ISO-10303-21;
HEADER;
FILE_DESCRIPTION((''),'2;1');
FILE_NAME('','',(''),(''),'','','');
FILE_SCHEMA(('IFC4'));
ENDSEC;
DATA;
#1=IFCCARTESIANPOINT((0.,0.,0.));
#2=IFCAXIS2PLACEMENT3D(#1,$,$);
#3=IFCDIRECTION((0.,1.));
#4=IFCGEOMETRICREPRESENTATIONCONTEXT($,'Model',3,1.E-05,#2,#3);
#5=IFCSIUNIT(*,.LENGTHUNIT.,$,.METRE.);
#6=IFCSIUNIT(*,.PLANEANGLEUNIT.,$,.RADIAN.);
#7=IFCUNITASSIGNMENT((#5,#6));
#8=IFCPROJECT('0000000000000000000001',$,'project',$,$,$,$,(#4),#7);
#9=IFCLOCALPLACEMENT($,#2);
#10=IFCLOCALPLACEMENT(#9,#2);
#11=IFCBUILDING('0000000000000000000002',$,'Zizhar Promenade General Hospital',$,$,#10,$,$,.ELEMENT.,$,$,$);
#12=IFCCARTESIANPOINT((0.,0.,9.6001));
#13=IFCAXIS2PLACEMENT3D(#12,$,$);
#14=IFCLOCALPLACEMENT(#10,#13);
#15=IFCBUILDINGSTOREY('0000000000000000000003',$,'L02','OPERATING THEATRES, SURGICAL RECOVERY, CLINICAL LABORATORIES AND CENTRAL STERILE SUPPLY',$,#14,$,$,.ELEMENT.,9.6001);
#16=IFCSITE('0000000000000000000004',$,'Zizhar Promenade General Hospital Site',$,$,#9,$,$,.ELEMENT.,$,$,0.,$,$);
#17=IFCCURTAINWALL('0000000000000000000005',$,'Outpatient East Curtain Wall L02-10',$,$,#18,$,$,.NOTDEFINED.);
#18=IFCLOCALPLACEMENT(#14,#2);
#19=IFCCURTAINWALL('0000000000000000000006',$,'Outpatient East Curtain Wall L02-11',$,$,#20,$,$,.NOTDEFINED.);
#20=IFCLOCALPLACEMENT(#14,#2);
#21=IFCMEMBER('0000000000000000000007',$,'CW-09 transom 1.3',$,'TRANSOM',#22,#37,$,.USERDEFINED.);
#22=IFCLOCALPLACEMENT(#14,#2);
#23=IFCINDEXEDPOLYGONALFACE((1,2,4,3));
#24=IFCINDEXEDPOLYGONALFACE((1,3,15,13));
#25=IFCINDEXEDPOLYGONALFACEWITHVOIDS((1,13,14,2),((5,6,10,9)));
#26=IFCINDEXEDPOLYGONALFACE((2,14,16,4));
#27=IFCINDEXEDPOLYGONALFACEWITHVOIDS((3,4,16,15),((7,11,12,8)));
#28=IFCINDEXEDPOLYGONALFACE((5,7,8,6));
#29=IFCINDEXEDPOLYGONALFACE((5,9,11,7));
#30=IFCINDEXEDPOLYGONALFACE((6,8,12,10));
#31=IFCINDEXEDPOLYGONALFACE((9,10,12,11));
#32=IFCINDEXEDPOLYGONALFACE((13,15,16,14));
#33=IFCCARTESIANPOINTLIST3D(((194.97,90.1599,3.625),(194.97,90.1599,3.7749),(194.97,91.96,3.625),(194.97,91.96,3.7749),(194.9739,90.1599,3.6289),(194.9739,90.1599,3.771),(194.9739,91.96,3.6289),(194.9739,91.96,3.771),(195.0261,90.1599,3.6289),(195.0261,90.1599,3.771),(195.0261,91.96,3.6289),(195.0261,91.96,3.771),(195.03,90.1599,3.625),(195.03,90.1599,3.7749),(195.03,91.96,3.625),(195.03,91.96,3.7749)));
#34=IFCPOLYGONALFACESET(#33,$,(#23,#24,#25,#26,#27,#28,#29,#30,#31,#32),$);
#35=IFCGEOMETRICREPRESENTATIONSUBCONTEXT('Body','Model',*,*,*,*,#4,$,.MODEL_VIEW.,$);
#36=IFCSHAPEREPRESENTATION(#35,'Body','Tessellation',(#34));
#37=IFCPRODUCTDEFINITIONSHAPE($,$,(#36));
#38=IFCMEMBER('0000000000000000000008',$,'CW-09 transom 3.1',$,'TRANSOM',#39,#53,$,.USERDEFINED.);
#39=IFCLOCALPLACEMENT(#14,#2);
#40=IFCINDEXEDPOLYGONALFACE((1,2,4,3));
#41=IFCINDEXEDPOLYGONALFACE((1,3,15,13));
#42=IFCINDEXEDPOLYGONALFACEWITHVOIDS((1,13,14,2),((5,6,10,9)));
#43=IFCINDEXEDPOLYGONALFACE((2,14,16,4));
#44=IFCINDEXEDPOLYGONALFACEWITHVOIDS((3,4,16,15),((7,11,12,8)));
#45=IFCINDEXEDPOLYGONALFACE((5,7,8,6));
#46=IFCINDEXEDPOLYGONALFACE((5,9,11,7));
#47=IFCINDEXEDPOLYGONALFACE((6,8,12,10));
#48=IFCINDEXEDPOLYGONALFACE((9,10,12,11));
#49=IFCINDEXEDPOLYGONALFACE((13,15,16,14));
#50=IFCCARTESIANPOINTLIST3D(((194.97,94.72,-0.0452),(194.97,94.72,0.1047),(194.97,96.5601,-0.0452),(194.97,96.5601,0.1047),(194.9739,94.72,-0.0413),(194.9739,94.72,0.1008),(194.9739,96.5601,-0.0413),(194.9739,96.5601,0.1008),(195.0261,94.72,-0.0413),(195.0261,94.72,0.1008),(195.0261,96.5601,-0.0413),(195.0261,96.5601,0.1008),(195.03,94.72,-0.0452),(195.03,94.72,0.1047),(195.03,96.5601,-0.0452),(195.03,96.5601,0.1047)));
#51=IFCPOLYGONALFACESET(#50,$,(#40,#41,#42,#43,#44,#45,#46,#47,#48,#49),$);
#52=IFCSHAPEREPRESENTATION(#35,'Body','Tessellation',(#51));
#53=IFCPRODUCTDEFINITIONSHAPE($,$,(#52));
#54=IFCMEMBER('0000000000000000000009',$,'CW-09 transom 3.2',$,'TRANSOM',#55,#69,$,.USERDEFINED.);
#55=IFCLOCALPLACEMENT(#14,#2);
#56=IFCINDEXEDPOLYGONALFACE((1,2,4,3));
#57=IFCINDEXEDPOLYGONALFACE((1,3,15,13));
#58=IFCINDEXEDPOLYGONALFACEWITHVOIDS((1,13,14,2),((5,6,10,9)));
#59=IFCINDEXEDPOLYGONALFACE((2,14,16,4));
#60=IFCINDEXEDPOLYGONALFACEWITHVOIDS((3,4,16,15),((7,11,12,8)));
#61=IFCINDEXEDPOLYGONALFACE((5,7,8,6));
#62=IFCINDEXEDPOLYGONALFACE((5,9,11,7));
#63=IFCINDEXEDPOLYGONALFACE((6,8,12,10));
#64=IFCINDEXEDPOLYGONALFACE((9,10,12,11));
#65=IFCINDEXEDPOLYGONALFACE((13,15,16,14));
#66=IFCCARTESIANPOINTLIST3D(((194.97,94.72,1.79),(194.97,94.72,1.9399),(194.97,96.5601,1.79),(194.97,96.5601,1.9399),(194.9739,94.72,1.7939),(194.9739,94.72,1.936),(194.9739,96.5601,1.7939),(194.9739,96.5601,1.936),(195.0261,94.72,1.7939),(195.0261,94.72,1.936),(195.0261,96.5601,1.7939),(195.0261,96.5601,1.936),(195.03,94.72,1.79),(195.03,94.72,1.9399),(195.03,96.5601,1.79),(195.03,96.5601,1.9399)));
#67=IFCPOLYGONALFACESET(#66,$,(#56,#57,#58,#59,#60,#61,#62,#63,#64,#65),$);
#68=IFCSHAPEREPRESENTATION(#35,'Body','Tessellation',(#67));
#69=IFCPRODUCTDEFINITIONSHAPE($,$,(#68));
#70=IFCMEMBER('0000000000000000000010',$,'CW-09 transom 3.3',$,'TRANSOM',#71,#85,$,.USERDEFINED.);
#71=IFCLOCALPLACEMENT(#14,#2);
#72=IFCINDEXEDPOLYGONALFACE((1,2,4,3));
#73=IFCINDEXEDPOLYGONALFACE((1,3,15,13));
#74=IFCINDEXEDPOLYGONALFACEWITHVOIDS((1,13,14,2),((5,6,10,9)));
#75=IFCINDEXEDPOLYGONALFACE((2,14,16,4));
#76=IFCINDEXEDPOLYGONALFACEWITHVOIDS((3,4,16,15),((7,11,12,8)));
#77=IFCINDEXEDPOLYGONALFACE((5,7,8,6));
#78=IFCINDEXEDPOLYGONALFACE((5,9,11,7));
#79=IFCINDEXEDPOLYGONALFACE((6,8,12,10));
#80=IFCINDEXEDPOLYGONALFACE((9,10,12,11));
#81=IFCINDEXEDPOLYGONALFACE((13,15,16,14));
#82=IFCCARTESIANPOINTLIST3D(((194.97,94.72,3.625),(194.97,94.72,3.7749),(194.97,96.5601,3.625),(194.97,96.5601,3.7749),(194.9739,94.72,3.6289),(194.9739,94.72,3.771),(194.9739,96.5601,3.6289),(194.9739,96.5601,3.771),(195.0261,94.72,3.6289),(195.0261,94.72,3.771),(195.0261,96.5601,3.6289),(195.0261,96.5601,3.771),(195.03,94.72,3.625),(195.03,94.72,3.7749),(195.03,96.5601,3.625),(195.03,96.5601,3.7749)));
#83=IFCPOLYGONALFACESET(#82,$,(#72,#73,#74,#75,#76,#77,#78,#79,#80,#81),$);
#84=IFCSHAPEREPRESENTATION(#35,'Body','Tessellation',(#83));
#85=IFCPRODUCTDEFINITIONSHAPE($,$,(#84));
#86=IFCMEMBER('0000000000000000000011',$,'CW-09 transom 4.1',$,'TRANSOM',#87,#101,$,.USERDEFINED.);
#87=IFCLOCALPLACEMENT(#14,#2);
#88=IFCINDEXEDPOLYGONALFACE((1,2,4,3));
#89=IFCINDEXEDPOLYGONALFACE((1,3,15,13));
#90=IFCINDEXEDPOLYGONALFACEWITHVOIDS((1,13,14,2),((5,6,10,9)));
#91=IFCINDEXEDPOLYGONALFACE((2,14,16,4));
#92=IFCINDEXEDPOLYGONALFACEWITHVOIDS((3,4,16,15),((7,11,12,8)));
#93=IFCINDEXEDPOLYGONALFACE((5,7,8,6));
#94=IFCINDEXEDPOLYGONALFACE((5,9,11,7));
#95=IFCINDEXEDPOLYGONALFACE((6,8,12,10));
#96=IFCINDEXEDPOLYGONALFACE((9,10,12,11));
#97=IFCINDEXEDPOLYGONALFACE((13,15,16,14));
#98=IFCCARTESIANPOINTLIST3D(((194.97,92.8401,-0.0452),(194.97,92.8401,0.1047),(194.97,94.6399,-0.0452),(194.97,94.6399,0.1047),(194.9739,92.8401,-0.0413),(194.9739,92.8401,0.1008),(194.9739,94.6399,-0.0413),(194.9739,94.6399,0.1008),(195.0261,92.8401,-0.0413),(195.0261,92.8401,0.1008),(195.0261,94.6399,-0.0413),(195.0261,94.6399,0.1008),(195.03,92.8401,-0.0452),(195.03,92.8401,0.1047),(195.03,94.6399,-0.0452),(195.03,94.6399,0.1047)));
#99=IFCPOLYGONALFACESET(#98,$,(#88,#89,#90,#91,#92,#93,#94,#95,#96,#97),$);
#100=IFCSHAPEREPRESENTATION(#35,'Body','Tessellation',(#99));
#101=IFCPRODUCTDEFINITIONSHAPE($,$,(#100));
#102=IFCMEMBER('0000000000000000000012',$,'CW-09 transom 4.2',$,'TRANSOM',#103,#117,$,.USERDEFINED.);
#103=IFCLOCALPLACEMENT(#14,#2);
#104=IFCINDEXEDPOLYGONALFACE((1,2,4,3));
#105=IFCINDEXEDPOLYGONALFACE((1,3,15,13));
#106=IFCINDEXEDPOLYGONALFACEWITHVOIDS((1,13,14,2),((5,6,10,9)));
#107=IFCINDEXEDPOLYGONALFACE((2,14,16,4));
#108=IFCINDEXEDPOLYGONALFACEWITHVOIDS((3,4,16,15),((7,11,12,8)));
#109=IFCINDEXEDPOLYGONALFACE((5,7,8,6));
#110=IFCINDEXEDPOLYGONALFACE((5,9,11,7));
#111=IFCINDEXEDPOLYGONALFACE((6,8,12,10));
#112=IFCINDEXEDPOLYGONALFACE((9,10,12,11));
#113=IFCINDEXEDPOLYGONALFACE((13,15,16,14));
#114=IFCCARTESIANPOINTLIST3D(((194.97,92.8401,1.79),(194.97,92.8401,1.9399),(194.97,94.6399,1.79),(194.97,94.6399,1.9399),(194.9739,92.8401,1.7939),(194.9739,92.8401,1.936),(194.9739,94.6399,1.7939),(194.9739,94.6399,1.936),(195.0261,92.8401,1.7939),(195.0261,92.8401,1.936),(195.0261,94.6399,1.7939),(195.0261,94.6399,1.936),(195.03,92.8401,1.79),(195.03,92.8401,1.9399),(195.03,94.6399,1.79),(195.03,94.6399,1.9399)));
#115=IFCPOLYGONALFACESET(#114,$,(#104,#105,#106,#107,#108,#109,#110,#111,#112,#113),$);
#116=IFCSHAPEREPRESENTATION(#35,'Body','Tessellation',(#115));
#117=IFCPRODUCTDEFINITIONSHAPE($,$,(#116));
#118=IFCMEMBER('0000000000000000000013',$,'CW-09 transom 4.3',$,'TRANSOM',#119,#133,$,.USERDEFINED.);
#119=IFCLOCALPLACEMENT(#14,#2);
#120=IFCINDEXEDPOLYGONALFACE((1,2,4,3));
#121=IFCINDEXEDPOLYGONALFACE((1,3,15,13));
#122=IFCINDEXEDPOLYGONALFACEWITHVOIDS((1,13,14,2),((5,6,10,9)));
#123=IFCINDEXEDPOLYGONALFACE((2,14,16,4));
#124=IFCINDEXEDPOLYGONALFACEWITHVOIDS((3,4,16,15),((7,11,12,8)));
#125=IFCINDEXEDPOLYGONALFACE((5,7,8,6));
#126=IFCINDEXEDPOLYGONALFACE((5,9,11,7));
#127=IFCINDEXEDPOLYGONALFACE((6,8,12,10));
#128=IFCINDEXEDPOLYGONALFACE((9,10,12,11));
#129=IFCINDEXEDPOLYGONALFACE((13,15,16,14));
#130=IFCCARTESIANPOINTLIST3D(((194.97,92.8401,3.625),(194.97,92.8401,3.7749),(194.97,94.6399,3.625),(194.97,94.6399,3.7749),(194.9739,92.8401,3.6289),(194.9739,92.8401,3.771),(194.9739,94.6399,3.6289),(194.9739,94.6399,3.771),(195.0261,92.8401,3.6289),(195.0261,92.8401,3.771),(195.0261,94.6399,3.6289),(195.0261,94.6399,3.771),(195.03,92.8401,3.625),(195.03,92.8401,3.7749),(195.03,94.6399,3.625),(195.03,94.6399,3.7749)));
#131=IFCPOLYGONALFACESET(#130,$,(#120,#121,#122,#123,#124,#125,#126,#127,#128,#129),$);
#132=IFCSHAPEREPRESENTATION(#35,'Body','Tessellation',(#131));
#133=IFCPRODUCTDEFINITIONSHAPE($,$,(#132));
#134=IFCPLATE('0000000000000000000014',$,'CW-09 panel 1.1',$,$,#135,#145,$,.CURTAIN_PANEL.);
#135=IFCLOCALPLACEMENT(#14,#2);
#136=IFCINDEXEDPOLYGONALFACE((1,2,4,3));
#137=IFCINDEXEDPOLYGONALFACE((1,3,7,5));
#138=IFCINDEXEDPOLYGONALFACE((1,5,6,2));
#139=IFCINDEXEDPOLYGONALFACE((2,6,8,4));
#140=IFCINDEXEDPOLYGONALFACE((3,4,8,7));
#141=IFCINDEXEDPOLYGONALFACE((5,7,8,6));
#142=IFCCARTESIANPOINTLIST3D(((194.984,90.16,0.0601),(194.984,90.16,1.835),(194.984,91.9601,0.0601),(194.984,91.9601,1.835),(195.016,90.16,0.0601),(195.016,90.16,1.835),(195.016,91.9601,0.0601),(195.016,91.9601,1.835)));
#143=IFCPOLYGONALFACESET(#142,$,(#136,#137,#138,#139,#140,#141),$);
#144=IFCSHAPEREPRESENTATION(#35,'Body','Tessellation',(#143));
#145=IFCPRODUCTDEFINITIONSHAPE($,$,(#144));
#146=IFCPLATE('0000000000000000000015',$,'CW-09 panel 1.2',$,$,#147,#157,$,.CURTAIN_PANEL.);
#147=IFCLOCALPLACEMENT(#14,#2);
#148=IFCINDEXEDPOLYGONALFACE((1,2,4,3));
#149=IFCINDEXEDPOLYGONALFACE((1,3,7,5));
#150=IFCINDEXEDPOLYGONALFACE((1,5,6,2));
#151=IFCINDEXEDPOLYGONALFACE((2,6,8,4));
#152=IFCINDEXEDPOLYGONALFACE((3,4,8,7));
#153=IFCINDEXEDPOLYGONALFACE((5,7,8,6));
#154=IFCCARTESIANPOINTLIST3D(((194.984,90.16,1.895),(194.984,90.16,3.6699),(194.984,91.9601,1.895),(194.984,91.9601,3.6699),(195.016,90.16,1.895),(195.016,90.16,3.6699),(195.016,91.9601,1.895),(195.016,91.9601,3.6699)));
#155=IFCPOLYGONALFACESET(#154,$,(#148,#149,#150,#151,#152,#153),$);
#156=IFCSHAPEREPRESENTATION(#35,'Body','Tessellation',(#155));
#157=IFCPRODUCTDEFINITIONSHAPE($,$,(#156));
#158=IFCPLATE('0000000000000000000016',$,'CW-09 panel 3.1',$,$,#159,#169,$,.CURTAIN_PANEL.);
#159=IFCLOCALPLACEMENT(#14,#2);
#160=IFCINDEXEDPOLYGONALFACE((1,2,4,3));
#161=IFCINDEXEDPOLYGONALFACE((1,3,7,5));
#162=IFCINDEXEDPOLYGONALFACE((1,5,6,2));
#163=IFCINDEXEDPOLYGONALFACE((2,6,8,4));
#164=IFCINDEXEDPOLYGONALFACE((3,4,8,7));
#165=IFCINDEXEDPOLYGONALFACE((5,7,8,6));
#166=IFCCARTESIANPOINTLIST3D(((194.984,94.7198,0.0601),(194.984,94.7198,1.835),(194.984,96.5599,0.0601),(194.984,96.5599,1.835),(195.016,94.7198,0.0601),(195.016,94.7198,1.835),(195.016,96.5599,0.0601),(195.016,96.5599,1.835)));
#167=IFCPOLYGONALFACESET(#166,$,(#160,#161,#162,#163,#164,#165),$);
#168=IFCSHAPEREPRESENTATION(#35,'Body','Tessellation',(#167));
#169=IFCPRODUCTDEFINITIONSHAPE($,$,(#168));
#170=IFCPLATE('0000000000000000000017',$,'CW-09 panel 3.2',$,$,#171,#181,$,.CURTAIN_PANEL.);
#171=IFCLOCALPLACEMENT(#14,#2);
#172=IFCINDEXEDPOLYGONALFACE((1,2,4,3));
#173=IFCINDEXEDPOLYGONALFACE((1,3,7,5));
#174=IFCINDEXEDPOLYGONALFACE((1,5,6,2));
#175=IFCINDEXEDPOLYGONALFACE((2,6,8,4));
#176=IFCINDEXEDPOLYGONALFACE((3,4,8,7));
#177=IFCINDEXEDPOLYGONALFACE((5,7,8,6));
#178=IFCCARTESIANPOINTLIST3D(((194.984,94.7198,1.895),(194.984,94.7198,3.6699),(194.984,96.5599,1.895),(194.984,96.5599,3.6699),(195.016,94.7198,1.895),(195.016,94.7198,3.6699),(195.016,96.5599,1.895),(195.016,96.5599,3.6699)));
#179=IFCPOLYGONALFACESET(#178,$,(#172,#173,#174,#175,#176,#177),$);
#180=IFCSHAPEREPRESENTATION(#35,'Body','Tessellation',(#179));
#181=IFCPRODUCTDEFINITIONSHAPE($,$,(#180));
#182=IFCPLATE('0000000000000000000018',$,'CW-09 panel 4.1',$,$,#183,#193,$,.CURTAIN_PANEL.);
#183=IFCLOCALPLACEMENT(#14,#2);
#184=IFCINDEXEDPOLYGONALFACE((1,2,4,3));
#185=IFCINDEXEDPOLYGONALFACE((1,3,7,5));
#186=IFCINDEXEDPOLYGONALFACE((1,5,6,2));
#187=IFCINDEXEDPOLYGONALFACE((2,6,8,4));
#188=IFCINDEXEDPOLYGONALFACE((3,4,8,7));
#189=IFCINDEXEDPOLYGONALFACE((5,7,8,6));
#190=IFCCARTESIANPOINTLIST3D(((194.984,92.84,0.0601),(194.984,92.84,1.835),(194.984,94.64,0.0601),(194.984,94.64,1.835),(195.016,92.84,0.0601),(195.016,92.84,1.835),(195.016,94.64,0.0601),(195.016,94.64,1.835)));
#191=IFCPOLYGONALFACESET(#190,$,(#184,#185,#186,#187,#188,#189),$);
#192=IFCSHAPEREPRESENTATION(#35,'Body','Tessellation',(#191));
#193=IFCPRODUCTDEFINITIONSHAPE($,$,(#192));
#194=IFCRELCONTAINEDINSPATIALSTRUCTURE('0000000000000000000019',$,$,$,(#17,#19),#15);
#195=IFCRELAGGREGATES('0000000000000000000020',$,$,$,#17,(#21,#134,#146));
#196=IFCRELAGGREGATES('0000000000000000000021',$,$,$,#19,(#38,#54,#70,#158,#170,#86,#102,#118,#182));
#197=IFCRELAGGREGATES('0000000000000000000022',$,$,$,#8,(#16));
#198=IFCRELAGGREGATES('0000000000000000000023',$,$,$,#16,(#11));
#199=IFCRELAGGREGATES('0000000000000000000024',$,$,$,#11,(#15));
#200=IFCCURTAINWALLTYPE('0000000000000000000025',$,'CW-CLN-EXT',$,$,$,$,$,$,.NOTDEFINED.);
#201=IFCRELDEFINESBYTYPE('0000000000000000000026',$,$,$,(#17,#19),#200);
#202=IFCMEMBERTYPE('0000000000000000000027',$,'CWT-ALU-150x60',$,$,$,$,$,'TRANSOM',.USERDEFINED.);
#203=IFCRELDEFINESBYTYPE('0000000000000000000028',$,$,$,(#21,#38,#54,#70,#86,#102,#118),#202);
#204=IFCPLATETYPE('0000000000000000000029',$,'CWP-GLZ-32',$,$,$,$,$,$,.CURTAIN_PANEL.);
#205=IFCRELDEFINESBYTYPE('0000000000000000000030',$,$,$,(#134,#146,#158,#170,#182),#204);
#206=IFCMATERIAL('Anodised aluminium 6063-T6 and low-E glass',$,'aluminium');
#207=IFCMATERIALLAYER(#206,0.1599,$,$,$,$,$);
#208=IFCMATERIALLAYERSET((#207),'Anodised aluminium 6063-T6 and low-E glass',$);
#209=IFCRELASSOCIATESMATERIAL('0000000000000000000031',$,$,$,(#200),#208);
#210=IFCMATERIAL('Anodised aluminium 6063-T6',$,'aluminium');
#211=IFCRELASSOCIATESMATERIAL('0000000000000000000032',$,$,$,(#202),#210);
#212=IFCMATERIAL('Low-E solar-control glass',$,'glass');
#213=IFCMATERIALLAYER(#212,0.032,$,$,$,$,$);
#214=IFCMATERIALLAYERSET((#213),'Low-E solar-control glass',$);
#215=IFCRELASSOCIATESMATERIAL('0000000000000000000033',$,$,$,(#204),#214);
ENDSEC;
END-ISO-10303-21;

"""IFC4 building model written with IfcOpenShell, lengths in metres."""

from ifc_helpers import new_model, si_unit, direction, frame, origin, origin_2d, place, context, subcontext, project, spatial, rectangle, hollow_rectangle, extrude, material, layer, layer_set, material_profile, profile_set, type_object, element, aggregate, save


model = new_model("IFC4")

# Units and contexts
model_context = context("Model", 3, precision=1e-05, world=origin(), true_north=direction((0.0, 1.0)))
body_context = subcontext(model_context, "Body", "Model", "MODEL_VIEW")
ifc_project = project(units=[si_unit("LENGTHUNIT", "METRE"), si_unit("PLANEANGLEUNIT", "RADIAN")], contexts=[model_context])

# Site, building, storey
site_placement = place(None, origin())
site = spatial("IfcSite", under=ifc_project, at=site_placement, Name="Zizhar Promenade General Hospital Site", CompositionType="ELEMENT", RefElevation=0.0)
building_placement = place(site_placement, origin())
building = spatial("IfcBuilding", under=site, at=building_placement, Name="Zizhar Promenade General Hospital", CompositionType="ELEMENT")
storey_placement = place(building_placement, frame((0.0, 0.0, 9.6001)))
storey = spatial("IfcBuildingStorey", under=building, at=storey_placement, Name="L02", Description="OPERATING THEATRES, SURGICAL RECOVERY, CLINICAL LABORATORIES AND CENTRAL STERILE SUPPLY", CompositionType="ELEMENT", Elevation=9.6001)

# Curtain walls
ifc_material_1 = material(Name="Anodised aluminium 6063-T6 and low-E glass", Category="aluminium")
ifc_layer_1 = layer(ifc_material_1, 0.1599)
ifc_layer_set_1 = layer_set([ifc_layer_1], Name="Anodised aluminium 6063-T6 and low-E glass")
curtain_wall_type = type_object("IfcCurtainWallType", Name="CW-CLN-EXT", PredefinedType="NOTDEFINED", material=ifc_layer_set_1)
curtain_wall_1_placement = place(storey_placement, origin())
curtain_wall_1 = element("IfcCurtainWall", 1, at=curtain_wall_1_placement, inside=storey, type_object=curtain_wall_type, Name="Outpatient East Curtain Wall L02-10", PredefinedType="NOTDEFINED")
curtain_wall_2_placement = place(storey_placement, origin())
curtain_wall_2 = element("IfcCurtainWall", 2, at=curtain_wall_2_placement, inside=storey, type_object=curtain_wall_type, Name="Outpatient East Curtain Wall L02-11", PredefinedType="NOTDEFINED")

# Members
ifc_material_2 = material(Name="Anodised aluminium 6063-T6", Category="aluminium")
ifc_material_profile_1 = material_profile(ifc_material_2, hollow_rectangle(XDim=0.0601, YDim=0.1499, WallThickness=0.0039, at=origin_2d()))
ifc_profile_set_1 = profile_set([ifc_material_profile_1], Name="Anodised aluminium 6063-T6")
member_type_1 = type_object("IfcMemberType", Name="CWT-ALU-150x60", ElementType="TRANSOM", PredefinedType="USERDEFINED", material=ifc_profile_set_1)
member_1_placement = place(storey_placement, frame((195.0, 91.96, 3.7), z_axis=(0.0, -1.0, 0.0), x_axis=(1.0, 0.0, 0.0)))
member_1 = element("IfcMember", 3, at=member_1_placement, type_object=member_type_1, Name="CW-09 transom 1.3", ObjectType="TRANSOM", PredefinedType="USERDEFINED", context=body_context, shape_type="SweptSolid", body=[
    extrude(hollow_rectangle(XDim=0.0601, YDim=0.1499, WallThickness=0.0039, at=origin_2d()), origin(), (0.0, 0.0, 1.0), 1.8),
])
member_2_placement = place(storey_placement, frame((195.0, 96.5601, 0.0298), z_axis=(0.0, -1.0, 0.0), x_axis=(1.0, 0.0, 0.0)))
member_2 = element("IfcMember", 4, at=member_2_placement, type_object=member_type_1, Name="CW-09 transom 3.1", ObjectType="TRANSOM", PredefinedType="USERDEFINED", context=body_context, shape_type="SweptSolid", body=[
    extrude(hollow_rectangle(XDim=0.0601, YDim=0.1499, WallThickness=0.0039, at=origin_2d()), origin(), (0.0, 0.0, 1.0), 1.8401),
])
member_3_placement = place(storey_placement, frame((195.0, 96.5601, 1.865), z_axis=(0.0, -1.0, 0.0), x_axis=(1.0, 0.0, 0.0)))
member_3 = element("IfcMember", 5, at=member_3_placement, type_object=member_type_1, Name="CW-09 transom 3.2", ObjectType="TRANSOM", PredefinedType="USERDEFINED", context=body_context, shape_type="SweptSolid", body=[
    extrude(hollow_rectangle(XDim=0.0601, YDim=0.1499, WallThickness=0.0039, at=origin_2d()), origin(), (0.0, 0.0, 1.0), 1.8401),
])
member_4_placement = place(storey_placement, frame((195.0, 96.5601, 3.7), z_axis=(0.0, -1.0, 0.0), x_axis=(1.0, 0.0, 0.0)))
member_4 = element("IfcMember", 6, at=member_4_placement, type_object=member_type_1, Name="CW-09 transom 3.3", ObjectType="TRANSOM", PredefinedType="USERDEFINED", context=body_context, shape_type="SweptSolid", body=[
    extrude(hollow_rectangle(XDim=0.0601, YDim=0.1499, WallThickness=0.0039, at=origin_2d()), origin(), (0.0, 0.0, 1.0), 1.8401),
])
member_5_placement = place(storey_placement, frame((195.0, 94.6399, 0.0298), z_axis=(0.0, -1.0, 0.0), x_axis=(1.0, 0.0, 0.0)))
member_5 = element("IfcMember", 7, at=member_5_placement, type_object=member_type_1, Name="CW-09 transom 4.1", ObjectType="TRANSOM", PredefinedType="USERDEFINED", context=body_context, shape_type="SweptSolid", body=[
    extrude(hollow_rectangle(XDim=0.0601, YDim=0.1499, WallThickness=0.0039, at=origin_2d()), origin(), (0.0, 0.0, 1.0), 1.7998),
])
member_6_placement = place(storey_placement, frame((195.0, 94.6399, 1.865), z_axis=(0.0, -1.0, 0.0), x_axis=(1.0, 0.0, 0.0)))
member_6 = element("IfcMember", 8, at=member_6_placement, type_object=member_type_1, Name="CW-09 transom 4.2", ObjectType="TRANSOM", PredefinedType="USERDEFINED", context=body_context, shape_type="SweptSolid", body=[
    extrude(hollow_rectangle(XDim=0.0601, YDim=0.1499, WallThickness=0.0039, at=origin_2d()), origin(), (0.0, 0.0, 1.0), 1.7998),
])
member_7_placement = place(storey_placement, frame((195.0, 94.6399, 3.7), z_axis=(0.0, -1.0, 0.0), x_axis=(1.0, 0.0, 0.0)))
member_7 = element("IfcMember", 9, at=member_7_placement, type_object=member_type_1, Name="CW-09 transom 4.3", ObjectType="TRANSOM", PredefinedType="USERDEFINED", context=body_context, shape_type="SweptSolid", body=[
    extrude(hollow_rectangle(XDim=0.0601, YDim=0.1499, WallThickness=0.0039, at=origin_2d()), origin(), (0.0, 0.0, 1.0), 1.7998),
])

# Plates
ifc_material_3 = material(Name="Low-E solar-control glass", Category="glass")
ifc_layer_2 = layer(ifc_material_3, 0.032)
ifc_layer_set_2 = layer_set([ifc_layer_2], Name="Low-E solar-control glass")
plate_type = type_object("IfcPlateType", Name="CWP-GLZ-32", PredefinedType="CURTAIN_PANEL", material=ifc_layer_set_2)
plate_1_placement = place(storey_placement, frame((195.0, 91.0601, 0.0601), z_axis=(0.0, 0.0, 1.0), x_axis=(0.0, -1.0, 0.0)))
plate_1 = element("IfcPlate", 10, at=plate_1_placement, type_object=plate_type, Name="CW-09 panel 1.1", PredefinedType="CURTAIN_PANEL", context=body_context, shape_type="SweptSolid", body=[
    extrude(rectangle(XDim=1.8, YDim=0.032, at=origin_2d()), origin(), (0.0, 0.0, 1.0), 1.7749),
])
plate_2_placement = place(storey_placement, frame((195.0, 91.0601, 1.895), z_axis=(0.0, 0.0, 1.0), x_axis=(0.0, -1.0, 0.0)))
plate_2 = element("IfcPlate", 11, at=plate_2_placement, type_object=plate_type, Name="CW-09 panel 1.2", PredefinedType="CURTAIN_PANEL", context=body_context, shape_type="SweptSolid", body=[
    extrude(rectangle(XDim=1.8, YDim=0.032, at=origin_2d()), origin(), (0.0, 0.0, 1.0), 1.7749),
])
aggregate(curtain_wall_1, [member_1, plate_1, plate_2])
plate_3_placement = place(storey_placement, frame((195.0, 95.6399, 0.0601), z_axis=(0.0, 0.0, 1.0), x_axis=(0.0, -1.0, 0.0)))
plate_3 = element("IfcPlate", 12, at=plate_3_placement, type_object=plate_type, Name="CW-09 panel 3.1", PredefinedType="CURTAIN_PANEL", context=body_context, shape_type="SweptSolid", body=[
    extrude(rectangle(XDim=1.8401, YDim=0.032, at=origin_2d()), origin(), (0.0, 0.0, 1.0), 1.7749),
])
plate_4_placement = place(storey_placement, frame((195.0, 95.6399, 1.895), z_axis=(0.0, 0.0, 1.0), x_axis=(0.0, -1.0, 0.0)))
plate_4 = element("IfcPlate", 13, at=plate_4_placement, type_object=plate_type, Name="CW-09 panel 3.2", PredefinedType="CURTAIN_PANEL", context=body_context, shape_type="SweptSolid", body=[
    extrude(rectangle(XDim=1.8401, YDim=0.032, at=origin_2d()), origin(), (0.0, 0.0, 1.0), 1.7749),
])
plate_5_placement = place(storey_placement, frame((195.0, 93.74, 0.0601), z_axis=(0.0, 0.0, 1.0), x_axis=(0.0, -1.0, 0.0)))
plate_5 = element("IfcPlate", 14, at=plate_5_placement, type_object=plate_type, Name="CW-09 panel 4.1", PredefinedType="CURTAIN_PANEL", context=body_context, shape_type="SweptSolid", body=[
    extrude(rectangle(XDim=1.8, YDim=0.032, at=origin_2d()), origin(), (0.0, 0.0, 1.0), 1.7749),
])
aggregate(curtain_wall_2, [member_2, member_3, member_4, plate_3, plate_4, member_5, member_6, member_7, plate_5])

save(model, "model.ifc")
